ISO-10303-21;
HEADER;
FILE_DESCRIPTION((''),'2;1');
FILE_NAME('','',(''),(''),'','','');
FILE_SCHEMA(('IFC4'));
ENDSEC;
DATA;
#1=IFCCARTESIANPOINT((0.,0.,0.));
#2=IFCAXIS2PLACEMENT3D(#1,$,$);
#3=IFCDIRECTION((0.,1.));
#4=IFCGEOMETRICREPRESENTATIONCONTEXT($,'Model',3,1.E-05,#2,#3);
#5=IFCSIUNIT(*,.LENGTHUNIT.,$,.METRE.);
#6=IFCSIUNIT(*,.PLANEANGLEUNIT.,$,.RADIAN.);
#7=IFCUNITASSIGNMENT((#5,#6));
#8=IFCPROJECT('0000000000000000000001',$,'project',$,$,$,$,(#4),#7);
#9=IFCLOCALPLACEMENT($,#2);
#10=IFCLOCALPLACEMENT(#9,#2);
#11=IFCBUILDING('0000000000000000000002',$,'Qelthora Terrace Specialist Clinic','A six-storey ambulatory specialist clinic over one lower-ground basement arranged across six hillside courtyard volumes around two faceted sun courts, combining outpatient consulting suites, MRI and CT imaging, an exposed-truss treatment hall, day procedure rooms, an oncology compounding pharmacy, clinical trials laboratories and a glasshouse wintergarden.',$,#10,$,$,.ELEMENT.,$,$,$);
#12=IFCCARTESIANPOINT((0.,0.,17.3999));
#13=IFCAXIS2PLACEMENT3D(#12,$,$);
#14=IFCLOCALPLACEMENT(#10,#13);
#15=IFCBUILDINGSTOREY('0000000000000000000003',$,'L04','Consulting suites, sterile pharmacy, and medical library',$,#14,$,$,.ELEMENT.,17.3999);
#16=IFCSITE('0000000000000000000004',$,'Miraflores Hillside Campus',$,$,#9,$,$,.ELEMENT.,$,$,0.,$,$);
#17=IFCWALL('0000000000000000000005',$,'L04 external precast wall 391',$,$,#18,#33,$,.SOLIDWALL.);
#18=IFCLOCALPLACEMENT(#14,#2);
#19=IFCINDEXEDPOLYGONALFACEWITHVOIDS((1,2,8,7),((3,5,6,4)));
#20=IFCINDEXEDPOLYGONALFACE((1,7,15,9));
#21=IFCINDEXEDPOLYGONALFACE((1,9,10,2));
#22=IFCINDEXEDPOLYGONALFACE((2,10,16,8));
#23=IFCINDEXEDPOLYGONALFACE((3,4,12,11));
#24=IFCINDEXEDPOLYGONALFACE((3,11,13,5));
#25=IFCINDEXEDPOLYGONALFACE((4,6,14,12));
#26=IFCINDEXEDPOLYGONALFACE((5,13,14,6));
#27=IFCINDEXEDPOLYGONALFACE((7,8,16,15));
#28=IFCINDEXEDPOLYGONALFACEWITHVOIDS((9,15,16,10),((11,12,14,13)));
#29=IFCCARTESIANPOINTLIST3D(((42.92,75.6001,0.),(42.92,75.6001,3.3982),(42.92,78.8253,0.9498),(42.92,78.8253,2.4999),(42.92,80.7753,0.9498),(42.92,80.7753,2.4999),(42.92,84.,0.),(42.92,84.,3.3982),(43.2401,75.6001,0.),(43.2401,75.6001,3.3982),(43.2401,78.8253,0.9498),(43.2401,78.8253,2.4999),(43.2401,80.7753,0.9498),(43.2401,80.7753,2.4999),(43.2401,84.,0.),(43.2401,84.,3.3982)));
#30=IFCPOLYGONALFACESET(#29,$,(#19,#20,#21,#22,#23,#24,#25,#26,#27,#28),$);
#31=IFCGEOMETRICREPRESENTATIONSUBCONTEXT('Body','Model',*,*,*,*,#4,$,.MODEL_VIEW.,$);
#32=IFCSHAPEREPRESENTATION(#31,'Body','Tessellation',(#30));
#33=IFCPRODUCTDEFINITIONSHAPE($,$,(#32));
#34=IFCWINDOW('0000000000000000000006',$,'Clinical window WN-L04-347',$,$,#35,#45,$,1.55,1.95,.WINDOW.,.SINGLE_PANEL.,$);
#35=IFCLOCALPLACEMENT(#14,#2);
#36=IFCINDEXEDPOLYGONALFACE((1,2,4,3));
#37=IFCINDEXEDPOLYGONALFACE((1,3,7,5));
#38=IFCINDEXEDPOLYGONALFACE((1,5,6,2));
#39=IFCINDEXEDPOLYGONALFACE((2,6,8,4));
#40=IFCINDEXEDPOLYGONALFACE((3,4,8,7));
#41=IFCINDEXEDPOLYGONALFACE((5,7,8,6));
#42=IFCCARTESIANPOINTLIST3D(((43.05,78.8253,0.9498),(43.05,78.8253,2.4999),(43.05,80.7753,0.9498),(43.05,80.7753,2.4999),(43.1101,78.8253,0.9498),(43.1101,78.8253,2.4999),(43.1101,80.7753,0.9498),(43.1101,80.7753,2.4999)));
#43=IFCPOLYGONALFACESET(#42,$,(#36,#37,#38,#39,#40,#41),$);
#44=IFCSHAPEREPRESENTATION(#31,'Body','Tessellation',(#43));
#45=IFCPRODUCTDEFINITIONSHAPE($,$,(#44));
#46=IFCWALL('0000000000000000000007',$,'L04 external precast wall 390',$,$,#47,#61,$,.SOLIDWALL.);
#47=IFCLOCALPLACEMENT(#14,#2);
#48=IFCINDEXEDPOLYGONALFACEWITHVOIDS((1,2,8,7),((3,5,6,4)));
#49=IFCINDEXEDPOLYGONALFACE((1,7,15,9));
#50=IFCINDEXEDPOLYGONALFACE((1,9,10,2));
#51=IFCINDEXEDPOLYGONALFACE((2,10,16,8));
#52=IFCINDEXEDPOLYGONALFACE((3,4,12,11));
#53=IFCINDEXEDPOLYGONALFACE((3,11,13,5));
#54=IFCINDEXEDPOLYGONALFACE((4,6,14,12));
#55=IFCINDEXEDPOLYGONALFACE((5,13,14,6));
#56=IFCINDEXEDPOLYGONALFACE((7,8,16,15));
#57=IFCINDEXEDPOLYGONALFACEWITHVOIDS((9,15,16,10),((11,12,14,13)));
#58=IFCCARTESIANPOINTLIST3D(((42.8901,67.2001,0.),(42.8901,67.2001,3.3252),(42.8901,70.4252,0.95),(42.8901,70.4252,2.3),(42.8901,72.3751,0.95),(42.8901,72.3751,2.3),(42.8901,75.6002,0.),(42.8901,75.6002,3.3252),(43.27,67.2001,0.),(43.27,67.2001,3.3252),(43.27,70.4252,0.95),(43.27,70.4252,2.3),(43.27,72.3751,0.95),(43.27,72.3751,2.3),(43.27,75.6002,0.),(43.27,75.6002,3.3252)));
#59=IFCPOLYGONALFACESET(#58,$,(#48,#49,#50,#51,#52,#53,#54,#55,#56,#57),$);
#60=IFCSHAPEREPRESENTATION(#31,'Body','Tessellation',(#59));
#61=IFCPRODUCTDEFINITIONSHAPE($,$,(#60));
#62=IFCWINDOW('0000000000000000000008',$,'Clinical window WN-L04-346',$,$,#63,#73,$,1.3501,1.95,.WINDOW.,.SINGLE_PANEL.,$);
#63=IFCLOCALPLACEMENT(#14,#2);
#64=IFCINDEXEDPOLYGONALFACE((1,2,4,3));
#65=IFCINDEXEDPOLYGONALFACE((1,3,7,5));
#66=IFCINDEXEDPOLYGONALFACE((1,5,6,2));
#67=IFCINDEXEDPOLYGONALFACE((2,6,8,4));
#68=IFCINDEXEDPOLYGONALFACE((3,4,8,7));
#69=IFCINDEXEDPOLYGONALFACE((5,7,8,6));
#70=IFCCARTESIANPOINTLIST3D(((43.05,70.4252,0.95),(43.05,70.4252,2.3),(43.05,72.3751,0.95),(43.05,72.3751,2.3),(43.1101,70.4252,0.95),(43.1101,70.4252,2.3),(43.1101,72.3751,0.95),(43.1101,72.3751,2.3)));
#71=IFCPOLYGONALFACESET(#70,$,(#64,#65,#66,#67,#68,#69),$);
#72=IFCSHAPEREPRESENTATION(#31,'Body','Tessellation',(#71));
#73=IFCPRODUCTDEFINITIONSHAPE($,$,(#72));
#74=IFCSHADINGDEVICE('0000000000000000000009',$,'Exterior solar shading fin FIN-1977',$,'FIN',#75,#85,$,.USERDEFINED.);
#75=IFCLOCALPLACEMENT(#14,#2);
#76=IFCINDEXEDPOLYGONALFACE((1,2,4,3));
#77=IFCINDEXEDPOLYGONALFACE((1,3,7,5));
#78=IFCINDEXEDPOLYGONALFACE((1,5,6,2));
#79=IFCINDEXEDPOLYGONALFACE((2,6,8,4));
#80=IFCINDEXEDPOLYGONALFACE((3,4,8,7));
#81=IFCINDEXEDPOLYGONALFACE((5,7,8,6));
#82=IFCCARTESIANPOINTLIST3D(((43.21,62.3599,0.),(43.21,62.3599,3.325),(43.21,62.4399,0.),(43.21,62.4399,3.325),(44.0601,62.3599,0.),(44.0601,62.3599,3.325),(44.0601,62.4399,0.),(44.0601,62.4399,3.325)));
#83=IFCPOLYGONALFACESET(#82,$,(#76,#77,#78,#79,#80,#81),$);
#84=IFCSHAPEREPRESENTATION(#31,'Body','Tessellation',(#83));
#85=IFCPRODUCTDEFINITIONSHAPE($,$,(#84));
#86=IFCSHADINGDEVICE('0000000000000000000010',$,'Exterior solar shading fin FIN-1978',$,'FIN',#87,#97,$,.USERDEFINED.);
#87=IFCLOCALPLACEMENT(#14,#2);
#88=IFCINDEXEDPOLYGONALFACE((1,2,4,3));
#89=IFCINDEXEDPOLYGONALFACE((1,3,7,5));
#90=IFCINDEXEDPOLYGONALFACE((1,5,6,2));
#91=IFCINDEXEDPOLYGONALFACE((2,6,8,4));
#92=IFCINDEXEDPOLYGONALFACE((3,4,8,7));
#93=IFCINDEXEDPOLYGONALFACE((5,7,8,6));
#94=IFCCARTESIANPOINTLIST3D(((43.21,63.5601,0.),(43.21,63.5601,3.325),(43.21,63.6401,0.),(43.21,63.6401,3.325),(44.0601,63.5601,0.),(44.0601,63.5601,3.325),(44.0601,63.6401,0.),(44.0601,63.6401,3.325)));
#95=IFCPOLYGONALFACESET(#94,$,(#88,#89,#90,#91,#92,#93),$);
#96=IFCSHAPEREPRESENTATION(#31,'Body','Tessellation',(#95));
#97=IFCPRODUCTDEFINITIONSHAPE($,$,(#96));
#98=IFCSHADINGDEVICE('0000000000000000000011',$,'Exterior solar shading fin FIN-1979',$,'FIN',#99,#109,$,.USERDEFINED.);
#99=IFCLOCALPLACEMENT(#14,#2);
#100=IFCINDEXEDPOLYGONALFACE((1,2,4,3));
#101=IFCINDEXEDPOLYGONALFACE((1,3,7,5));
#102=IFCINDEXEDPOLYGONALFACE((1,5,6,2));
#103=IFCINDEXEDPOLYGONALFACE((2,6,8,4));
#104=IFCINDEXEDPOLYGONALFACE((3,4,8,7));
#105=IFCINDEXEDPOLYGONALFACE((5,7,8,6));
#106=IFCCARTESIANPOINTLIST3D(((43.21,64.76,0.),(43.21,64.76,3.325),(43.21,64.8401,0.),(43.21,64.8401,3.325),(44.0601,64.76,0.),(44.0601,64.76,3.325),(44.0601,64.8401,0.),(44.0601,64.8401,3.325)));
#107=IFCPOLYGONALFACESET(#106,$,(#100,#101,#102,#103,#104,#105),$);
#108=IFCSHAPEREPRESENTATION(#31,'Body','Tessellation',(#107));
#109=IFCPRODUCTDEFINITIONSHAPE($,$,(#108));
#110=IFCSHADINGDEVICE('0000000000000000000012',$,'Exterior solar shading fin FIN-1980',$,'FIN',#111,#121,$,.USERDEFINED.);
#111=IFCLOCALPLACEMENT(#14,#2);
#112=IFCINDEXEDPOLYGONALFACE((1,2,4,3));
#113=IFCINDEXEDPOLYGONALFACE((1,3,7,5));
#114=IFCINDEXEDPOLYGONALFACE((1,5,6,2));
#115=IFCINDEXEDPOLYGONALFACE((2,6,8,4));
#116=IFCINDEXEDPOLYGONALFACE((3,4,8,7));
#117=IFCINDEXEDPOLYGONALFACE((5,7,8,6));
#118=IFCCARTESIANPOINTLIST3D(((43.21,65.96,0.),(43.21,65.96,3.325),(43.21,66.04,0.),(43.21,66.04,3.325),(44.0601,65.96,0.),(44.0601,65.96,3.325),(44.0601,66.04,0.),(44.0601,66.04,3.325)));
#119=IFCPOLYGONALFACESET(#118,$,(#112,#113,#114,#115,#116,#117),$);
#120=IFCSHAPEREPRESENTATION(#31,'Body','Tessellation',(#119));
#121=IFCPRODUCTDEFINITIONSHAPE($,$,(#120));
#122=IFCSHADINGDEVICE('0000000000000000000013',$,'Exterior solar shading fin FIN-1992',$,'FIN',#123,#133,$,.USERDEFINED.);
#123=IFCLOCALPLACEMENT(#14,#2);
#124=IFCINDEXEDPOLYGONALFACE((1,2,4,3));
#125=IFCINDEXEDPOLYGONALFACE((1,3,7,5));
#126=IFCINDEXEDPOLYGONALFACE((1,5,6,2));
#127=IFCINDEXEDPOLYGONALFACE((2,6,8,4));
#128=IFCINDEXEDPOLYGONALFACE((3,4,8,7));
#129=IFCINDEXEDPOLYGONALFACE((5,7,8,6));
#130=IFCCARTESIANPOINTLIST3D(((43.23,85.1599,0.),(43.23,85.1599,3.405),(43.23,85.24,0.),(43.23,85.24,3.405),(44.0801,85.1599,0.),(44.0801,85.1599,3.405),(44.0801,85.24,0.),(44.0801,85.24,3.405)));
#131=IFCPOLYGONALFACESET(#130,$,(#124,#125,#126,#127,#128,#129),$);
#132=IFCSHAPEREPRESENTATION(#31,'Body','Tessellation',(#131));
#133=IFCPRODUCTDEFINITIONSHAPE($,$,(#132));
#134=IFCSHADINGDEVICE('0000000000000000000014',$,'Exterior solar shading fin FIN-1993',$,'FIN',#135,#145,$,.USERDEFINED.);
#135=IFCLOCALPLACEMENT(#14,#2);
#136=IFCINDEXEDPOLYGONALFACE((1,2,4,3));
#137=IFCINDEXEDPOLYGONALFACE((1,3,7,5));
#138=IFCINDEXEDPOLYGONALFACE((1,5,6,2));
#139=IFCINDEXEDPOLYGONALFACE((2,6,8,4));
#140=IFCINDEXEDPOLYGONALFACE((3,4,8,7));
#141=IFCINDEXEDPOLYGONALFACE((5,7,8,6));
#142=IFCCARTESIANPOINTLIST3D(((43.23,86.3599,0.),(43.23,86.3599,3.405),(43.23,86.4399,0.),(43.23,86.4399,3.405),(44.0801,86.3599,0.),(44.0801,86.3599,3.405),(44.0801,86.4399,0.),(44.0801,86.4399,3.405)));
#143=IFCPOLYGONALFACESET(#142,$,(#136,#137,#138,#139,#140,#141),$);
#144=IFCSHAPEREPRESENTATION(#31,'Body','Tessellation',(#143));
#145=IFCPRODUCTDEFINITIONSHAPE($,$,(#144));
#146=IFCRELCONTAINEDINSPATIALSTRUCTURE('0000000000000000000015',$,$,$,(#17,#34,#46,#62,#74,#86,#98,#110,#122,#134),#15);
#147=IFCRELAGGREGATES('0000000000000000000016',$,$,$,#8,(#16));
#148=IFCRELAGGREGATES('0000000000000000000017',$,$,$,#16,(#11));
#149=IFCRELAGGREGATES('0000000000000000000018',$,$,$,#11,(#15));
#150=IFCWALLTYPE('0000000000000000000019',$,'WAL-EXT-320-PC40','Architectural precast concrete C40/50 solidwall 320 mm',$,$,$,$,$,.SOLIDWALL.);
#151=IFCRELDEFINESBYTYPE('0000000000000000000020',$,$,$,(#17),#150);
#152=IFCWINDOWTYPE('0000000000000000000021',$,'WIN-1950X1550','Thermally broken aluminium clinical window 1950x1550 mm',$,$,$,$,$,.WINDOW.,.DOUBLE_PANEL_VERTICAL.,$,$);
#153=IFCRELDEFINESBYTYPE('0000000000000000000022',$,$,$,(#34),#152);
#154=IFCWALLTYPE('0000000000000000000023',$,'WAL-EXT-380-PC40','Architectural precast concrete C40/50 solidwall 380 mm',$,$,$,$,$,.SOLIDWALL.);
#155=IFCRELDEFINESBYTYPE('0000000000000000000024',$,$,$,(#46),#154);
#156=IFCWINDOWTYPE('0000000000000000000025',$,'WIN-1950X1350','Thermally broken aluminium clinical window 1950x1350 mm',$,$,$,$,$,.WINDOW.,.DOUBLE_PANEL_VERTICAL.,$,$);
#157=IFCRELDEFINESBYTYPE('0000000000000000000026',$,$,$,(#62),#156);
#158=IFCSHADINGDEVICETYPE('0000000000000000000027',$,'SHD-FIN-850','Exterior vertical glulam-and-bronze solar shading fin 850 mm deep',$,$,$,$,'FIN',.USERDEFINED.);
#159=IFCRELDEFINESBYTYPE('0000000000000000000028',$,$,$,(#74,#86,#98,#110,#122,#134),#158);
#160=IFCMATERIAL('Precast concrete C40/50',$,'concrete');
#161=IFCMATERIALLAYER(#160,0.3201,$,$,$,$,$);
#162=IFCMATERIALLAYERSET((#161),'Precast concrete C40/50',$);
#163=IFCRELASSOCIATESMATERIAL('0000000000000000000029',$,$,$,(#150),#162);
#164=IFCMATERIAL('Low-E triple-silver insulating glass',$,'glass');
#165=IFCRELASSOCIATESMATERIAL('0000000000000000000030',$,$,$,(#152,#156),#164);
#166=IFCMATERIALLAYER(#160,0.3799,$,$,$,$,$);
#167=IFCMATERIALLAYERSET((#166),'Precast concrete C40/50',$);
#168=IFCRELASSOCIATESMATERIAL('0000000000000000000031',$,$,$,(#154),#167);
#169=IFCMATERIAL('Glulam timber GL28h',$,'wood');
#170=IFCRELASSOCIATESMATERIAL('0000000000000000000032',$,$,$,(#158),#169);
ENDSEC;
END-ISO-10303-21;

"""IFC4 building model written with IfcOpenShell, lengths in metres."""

from ifc_helpers import new_model, si_unit, direction, frame, frame_2d, origin, origin_2d, place, context, subcontext, project, spatial, rectangle, extrude, material, layer, layer_set, type_object, element, fill, save


model = new_model("IFC4")

# Units and contexts
model_context = context("Model", 3, precision=1e-05, world=origin(), true_north=direction((0.0, 1.0)))
body_context = subcontext(model_context, "Body", "Model", "MODEL_VIEW")
ifc_project = project(units=[si_unit("LENGTHUNIT", "METRE"), si_unit("PLANEANGLEUNIT", "RADIAN")], contexts=[model_context])

# Site, building, storey
site_placement = place(None, origin())
site = spatial("IfcSite", under=ifc_project, at=site_placement, Name="Miraflores Hillside Campus", CompositionType="ELEMENT", RefElevation=0.0)
building_placement = place(site_placement, origin())
building = spatial("IfcBuilding", under=site, at=building_placement, Name="Qelthora Terrace Specialist Clinic", Description="A six-storey ambulatory specialist clinic over one lower-ground basement arranged across six hillside courtyard volumes around two faceted sun courts, combining outpatient consulting suites, MRI and CT imaging, an exposed-truss treatment hall, day procedure rooms, an oncology compounding pharmacy, clinical trials laboratories and a glasshouse wintergarden.", CompositionType="ELEMENT")
storey_placement = place(building_placement, frame((0.0, 0.0, 17.3999)))
storey = spatial("IfcBuildingStorey", under=building, at=storey_placement, Name="L04", Description="Consulting suites, sterile pharmacy, and medical library", CompositionType="ELEMENT", Elevation=17.3999)

# Walls, openings, windows
ifc_material_1 = material(Name="Precast concrete C40/50", Category="concrete")
ifc_material_2 = material(Name="Low-E triple-silver insulating glass", Category="glass")
ifc_layer_1 = layer(ifc_material_1, 0.3201)
ifc_layer_set_1 = layer_set([ifc_layer_1], Name="Precast concrete C40/50")
wall_type_1 = type_object("IfcWallType", Name="WAL-EXT-320-PC40", Description="Architectural precast concrete C40/50 solidwall 320 mm", PredefinedType="SOLIDWALL", material=ifc_layer_set_1)
wall_1_placement = place(storey_placement, frame((43.0801, 75.6001, 0.0), z_axis=(0.0, 0.0, 1.0), x_axis=(0.0, 1.0, 0.0)))
wall_1 = element("IfcWall", 1, at=wall_1_placement, inside=storey, type_object=wall_type_1, Name="L04 external precast wall 391", PredefinedType="SOLIDWALL", context=body_context, shape_type="SweptSolid", body=[
    extrude(rectangle(XDim=8.3999, YDim=0.3201, at=frame_2d((4.2, 0.0))), origin(), (0.0, 0.0, 1.0), 3.3982),
])
opening_1_placement = place(wall_1_placement, frame((3.2251, 0.0, 0.95)))
opening_1 = element("IfcOpeningElement", 2, at=opening_1_placement, cuts=wall_1, PredefinedType="OPENING", context=body_context, shape_type="SweptSolid", body=[
    extrude(rectangle(XDim=1.95, YDim=1.55, at=frame_2d((0.9751, 0.7749))), frame((0.0, 0.1699, 0.0), z_axis=(0.0, -1.0, 0.0), x_axis=(1.0, 0.0, 0.0)), (0.0, 0.0, 1.0), 0.3401),
])
window_type_1 = type_object("IfcWindowType", Name="WIN-1950X1550", Description="Thermally broken aluminium clinical window 1950x1550 mm", PartitioningType="DOUBLE_PANEL_VERTICAL", PredefinedType="WINDOW", material=ifc_material_2)
window_1_placement = place(opening_1_placement, origin())
window_1 = element("IfcWindow", 3, at=window_1_placement, inside=storey, type_object=window_type_1, Name="Clinical window WN-L04-347", OverallHeight=1.55, OverallWidth=1.95, PartitioningType="SINGLE_PANEL", PredefinedType="WINDOW", context=body_context, shape_type="SweptSolid", body=[
    extrude(rectangle(XDim=1.95, YDim=1.55, at=frame_2d((0.9751, 0.7749))), frame((0.0, 0.03, 0.0), z_axis=(0.0, -1.0, 0.0), x_axis=(1.0, 0.0, 0.0)), (0.0, 0.0, 1.0), 0.0601),
])
fill(opening_1, window_1)
ifc_layer_2 = layer(ifc_material_1, 0.3799)
ifc_layer_set_2 = layer_set([ifc_layer_2], Name="Precast concrete C40/50")
wall_type_2 = type_object("IfcWallType", Name="WAL-EXT-380-PC40", Description="Architectural precast concrete C40/50 solidwall 380 mm", PredefinedType="SOLIDWALL", material=ifc_layer_set_2)
wall_2_placement = place(storey_placement, frame((43.0801, 67.2, 0.0), z_axis=(0.0, 0.0, 1.0), x_axis=(0.0, 1.0, 0.0)))
wall_2 = element("IfcWall", 4, at=wall_2_placement, inside=storey, type_object=wall_type_2, Name="L04 external precast wall 390", PredefinedType="SOLIDWALL", context=body_context, shape_type="SweptSolid", body=[
    extrude(rectangle(XDim=8.4001, YDim=0.3799, at=frame_2d((4.2002, 0.0))), origin(), (0.0, 0.0, 1.0), 3.3252),
])
opening_2_placement = place(wall_2_placement, frame((3.2251, 0.0, 0.95)))
opening_2 = element("IfcOpeningElement", 5, at=opening_2_placement, cuts=wall_2, PredefinedType="OPENING", context=body_context, shape_type="SweptSolid", body=[
    extrude(rectangle(XDim=1.95, YDim=1.3501, at=frame_2d((0.9751, 0.675))), frame((0.0, 0.2, 0.0), z_axis=(0.0, -1.0, 0.0), x_axis=(1.0, 0.0, 0.0)), (0.0, 0.0, 1.0), 0.3999),
])
window_type_2 = type_object("IfcWindowType", Name="WIN-1950X1350", Description="Thermally broken aluminium clinical window 1950x1350 mm", PartitioningType="DOUBLE_PANEL_VERTICAL", PredefinedType="WINDOW", material=ifc_material_2)
window_2_placement = place(opening_2_placement, origin())
window_2 = element("IfcWindow", 6, at=window_2_placement, inside=storey, type_object=window_type_2, Name="Clinical window WN-L04-346", OverallHeight=1.3501, OverallWidth=1.95, PartitioningType="SINGLE_PANEL", PredefinedType="WINDOW", context=body_context, shape_type="SweptSolid", body=[
    extrude(rectangle(XDim=1.95, YDim=1.3501, at=frame_2d((0.9751, 0.675))), frame((0.0, 0.03, 0.0), z_axis=(0.0, -1.0, 0.0), x_axis=(1.0, 0.0, 0.0)), (0.0, 0.0, 1.0), 0.0601),
])
fill(opening_2, window_2)

# Shading devices
ifc_material_3 = material(Name="Glulam timber GL28h", Category="wood")
shading_device_type = type_object("IfcShadingDeviceType", Name="SHD-FIN-850", Description="Exterior vertical glulam-and-bronze solar shading fin 850 mm deep", ElementType="FIN", PredefinedType="USERDEFINED", material=ifc_material_3)
for number, where, z_axis, x_axis, name in (
    (7, (43.635, 62.3999, 0.0), (0.0, 0.0, 1.0), (1.0, 0.0, 0.0), "Exterior solar shading fin FIN-1977"),
    (8, (43.635, 63.6001, 0.0), (0.0, 0.0, 1.0), (1.0, 0.0, 0.0), "Exterior solar shading fin FIN-1978"),
    (9, (43.635, 64.8, 0.0), (0.0, 0.0, 1.0), (1.0, 0.0, 0.0), "Exterior solar shading fin FIN-1979"),
    (10, (43.635, 66.0, 0.0), (0.0, 0.0, 1.0), (1.0, 0.0, 0.0), "Exterior solar shading fin FIN-1980"),
):
    element("IfcShadingDevice", number, at=place(storey_placement, frame(where, z_axis=z_axis, x_axis=x_axis)), inside=storey, type_object=shading_device_type, Name=name, ObjectType="FIN", PredefinedType="USERDEFINED", context=body_context, shape_type="SweptSolid", body=[
        extrude(rectangle(XDim=0.8501, YDim=0.0801, at=origin_2d()), origin(), (0.0, 0.0, 1.0), 3.325),
    ])
for number, where, z_axis, x_axis, name in (
    (11, (43.655, 85.2, 0.0), (0.0, 0.0, 1.0), (1.0, 0.0, 0.0), "Exterior solar shading fin FIN-1992"),
    (12, (43.655, 86.3999, 0.0), (0.0, 0.0, 1.0), (1.0, 0.0, 0.0), "Exterior solar shading fin FIN-1993"),
):
    element("IfcShadingDevice", number, at=place(storey_placement, frame(where, z_axis=z_axis, x_axis=x_axis)), inside=storey, type_object=shading_device_type, Name=name, ObjectType="FIN", PredefinedType="USERDEFINED", context=body_context, shape_type="SweptSolid", body=[
        extrude(rectangle(XDim=0.8501, YDim=0.0801, at=origin_2d()), origin(), (0.0, 0.0, 1.0), 3.405),
    ])

save(model, "model.ifc")
